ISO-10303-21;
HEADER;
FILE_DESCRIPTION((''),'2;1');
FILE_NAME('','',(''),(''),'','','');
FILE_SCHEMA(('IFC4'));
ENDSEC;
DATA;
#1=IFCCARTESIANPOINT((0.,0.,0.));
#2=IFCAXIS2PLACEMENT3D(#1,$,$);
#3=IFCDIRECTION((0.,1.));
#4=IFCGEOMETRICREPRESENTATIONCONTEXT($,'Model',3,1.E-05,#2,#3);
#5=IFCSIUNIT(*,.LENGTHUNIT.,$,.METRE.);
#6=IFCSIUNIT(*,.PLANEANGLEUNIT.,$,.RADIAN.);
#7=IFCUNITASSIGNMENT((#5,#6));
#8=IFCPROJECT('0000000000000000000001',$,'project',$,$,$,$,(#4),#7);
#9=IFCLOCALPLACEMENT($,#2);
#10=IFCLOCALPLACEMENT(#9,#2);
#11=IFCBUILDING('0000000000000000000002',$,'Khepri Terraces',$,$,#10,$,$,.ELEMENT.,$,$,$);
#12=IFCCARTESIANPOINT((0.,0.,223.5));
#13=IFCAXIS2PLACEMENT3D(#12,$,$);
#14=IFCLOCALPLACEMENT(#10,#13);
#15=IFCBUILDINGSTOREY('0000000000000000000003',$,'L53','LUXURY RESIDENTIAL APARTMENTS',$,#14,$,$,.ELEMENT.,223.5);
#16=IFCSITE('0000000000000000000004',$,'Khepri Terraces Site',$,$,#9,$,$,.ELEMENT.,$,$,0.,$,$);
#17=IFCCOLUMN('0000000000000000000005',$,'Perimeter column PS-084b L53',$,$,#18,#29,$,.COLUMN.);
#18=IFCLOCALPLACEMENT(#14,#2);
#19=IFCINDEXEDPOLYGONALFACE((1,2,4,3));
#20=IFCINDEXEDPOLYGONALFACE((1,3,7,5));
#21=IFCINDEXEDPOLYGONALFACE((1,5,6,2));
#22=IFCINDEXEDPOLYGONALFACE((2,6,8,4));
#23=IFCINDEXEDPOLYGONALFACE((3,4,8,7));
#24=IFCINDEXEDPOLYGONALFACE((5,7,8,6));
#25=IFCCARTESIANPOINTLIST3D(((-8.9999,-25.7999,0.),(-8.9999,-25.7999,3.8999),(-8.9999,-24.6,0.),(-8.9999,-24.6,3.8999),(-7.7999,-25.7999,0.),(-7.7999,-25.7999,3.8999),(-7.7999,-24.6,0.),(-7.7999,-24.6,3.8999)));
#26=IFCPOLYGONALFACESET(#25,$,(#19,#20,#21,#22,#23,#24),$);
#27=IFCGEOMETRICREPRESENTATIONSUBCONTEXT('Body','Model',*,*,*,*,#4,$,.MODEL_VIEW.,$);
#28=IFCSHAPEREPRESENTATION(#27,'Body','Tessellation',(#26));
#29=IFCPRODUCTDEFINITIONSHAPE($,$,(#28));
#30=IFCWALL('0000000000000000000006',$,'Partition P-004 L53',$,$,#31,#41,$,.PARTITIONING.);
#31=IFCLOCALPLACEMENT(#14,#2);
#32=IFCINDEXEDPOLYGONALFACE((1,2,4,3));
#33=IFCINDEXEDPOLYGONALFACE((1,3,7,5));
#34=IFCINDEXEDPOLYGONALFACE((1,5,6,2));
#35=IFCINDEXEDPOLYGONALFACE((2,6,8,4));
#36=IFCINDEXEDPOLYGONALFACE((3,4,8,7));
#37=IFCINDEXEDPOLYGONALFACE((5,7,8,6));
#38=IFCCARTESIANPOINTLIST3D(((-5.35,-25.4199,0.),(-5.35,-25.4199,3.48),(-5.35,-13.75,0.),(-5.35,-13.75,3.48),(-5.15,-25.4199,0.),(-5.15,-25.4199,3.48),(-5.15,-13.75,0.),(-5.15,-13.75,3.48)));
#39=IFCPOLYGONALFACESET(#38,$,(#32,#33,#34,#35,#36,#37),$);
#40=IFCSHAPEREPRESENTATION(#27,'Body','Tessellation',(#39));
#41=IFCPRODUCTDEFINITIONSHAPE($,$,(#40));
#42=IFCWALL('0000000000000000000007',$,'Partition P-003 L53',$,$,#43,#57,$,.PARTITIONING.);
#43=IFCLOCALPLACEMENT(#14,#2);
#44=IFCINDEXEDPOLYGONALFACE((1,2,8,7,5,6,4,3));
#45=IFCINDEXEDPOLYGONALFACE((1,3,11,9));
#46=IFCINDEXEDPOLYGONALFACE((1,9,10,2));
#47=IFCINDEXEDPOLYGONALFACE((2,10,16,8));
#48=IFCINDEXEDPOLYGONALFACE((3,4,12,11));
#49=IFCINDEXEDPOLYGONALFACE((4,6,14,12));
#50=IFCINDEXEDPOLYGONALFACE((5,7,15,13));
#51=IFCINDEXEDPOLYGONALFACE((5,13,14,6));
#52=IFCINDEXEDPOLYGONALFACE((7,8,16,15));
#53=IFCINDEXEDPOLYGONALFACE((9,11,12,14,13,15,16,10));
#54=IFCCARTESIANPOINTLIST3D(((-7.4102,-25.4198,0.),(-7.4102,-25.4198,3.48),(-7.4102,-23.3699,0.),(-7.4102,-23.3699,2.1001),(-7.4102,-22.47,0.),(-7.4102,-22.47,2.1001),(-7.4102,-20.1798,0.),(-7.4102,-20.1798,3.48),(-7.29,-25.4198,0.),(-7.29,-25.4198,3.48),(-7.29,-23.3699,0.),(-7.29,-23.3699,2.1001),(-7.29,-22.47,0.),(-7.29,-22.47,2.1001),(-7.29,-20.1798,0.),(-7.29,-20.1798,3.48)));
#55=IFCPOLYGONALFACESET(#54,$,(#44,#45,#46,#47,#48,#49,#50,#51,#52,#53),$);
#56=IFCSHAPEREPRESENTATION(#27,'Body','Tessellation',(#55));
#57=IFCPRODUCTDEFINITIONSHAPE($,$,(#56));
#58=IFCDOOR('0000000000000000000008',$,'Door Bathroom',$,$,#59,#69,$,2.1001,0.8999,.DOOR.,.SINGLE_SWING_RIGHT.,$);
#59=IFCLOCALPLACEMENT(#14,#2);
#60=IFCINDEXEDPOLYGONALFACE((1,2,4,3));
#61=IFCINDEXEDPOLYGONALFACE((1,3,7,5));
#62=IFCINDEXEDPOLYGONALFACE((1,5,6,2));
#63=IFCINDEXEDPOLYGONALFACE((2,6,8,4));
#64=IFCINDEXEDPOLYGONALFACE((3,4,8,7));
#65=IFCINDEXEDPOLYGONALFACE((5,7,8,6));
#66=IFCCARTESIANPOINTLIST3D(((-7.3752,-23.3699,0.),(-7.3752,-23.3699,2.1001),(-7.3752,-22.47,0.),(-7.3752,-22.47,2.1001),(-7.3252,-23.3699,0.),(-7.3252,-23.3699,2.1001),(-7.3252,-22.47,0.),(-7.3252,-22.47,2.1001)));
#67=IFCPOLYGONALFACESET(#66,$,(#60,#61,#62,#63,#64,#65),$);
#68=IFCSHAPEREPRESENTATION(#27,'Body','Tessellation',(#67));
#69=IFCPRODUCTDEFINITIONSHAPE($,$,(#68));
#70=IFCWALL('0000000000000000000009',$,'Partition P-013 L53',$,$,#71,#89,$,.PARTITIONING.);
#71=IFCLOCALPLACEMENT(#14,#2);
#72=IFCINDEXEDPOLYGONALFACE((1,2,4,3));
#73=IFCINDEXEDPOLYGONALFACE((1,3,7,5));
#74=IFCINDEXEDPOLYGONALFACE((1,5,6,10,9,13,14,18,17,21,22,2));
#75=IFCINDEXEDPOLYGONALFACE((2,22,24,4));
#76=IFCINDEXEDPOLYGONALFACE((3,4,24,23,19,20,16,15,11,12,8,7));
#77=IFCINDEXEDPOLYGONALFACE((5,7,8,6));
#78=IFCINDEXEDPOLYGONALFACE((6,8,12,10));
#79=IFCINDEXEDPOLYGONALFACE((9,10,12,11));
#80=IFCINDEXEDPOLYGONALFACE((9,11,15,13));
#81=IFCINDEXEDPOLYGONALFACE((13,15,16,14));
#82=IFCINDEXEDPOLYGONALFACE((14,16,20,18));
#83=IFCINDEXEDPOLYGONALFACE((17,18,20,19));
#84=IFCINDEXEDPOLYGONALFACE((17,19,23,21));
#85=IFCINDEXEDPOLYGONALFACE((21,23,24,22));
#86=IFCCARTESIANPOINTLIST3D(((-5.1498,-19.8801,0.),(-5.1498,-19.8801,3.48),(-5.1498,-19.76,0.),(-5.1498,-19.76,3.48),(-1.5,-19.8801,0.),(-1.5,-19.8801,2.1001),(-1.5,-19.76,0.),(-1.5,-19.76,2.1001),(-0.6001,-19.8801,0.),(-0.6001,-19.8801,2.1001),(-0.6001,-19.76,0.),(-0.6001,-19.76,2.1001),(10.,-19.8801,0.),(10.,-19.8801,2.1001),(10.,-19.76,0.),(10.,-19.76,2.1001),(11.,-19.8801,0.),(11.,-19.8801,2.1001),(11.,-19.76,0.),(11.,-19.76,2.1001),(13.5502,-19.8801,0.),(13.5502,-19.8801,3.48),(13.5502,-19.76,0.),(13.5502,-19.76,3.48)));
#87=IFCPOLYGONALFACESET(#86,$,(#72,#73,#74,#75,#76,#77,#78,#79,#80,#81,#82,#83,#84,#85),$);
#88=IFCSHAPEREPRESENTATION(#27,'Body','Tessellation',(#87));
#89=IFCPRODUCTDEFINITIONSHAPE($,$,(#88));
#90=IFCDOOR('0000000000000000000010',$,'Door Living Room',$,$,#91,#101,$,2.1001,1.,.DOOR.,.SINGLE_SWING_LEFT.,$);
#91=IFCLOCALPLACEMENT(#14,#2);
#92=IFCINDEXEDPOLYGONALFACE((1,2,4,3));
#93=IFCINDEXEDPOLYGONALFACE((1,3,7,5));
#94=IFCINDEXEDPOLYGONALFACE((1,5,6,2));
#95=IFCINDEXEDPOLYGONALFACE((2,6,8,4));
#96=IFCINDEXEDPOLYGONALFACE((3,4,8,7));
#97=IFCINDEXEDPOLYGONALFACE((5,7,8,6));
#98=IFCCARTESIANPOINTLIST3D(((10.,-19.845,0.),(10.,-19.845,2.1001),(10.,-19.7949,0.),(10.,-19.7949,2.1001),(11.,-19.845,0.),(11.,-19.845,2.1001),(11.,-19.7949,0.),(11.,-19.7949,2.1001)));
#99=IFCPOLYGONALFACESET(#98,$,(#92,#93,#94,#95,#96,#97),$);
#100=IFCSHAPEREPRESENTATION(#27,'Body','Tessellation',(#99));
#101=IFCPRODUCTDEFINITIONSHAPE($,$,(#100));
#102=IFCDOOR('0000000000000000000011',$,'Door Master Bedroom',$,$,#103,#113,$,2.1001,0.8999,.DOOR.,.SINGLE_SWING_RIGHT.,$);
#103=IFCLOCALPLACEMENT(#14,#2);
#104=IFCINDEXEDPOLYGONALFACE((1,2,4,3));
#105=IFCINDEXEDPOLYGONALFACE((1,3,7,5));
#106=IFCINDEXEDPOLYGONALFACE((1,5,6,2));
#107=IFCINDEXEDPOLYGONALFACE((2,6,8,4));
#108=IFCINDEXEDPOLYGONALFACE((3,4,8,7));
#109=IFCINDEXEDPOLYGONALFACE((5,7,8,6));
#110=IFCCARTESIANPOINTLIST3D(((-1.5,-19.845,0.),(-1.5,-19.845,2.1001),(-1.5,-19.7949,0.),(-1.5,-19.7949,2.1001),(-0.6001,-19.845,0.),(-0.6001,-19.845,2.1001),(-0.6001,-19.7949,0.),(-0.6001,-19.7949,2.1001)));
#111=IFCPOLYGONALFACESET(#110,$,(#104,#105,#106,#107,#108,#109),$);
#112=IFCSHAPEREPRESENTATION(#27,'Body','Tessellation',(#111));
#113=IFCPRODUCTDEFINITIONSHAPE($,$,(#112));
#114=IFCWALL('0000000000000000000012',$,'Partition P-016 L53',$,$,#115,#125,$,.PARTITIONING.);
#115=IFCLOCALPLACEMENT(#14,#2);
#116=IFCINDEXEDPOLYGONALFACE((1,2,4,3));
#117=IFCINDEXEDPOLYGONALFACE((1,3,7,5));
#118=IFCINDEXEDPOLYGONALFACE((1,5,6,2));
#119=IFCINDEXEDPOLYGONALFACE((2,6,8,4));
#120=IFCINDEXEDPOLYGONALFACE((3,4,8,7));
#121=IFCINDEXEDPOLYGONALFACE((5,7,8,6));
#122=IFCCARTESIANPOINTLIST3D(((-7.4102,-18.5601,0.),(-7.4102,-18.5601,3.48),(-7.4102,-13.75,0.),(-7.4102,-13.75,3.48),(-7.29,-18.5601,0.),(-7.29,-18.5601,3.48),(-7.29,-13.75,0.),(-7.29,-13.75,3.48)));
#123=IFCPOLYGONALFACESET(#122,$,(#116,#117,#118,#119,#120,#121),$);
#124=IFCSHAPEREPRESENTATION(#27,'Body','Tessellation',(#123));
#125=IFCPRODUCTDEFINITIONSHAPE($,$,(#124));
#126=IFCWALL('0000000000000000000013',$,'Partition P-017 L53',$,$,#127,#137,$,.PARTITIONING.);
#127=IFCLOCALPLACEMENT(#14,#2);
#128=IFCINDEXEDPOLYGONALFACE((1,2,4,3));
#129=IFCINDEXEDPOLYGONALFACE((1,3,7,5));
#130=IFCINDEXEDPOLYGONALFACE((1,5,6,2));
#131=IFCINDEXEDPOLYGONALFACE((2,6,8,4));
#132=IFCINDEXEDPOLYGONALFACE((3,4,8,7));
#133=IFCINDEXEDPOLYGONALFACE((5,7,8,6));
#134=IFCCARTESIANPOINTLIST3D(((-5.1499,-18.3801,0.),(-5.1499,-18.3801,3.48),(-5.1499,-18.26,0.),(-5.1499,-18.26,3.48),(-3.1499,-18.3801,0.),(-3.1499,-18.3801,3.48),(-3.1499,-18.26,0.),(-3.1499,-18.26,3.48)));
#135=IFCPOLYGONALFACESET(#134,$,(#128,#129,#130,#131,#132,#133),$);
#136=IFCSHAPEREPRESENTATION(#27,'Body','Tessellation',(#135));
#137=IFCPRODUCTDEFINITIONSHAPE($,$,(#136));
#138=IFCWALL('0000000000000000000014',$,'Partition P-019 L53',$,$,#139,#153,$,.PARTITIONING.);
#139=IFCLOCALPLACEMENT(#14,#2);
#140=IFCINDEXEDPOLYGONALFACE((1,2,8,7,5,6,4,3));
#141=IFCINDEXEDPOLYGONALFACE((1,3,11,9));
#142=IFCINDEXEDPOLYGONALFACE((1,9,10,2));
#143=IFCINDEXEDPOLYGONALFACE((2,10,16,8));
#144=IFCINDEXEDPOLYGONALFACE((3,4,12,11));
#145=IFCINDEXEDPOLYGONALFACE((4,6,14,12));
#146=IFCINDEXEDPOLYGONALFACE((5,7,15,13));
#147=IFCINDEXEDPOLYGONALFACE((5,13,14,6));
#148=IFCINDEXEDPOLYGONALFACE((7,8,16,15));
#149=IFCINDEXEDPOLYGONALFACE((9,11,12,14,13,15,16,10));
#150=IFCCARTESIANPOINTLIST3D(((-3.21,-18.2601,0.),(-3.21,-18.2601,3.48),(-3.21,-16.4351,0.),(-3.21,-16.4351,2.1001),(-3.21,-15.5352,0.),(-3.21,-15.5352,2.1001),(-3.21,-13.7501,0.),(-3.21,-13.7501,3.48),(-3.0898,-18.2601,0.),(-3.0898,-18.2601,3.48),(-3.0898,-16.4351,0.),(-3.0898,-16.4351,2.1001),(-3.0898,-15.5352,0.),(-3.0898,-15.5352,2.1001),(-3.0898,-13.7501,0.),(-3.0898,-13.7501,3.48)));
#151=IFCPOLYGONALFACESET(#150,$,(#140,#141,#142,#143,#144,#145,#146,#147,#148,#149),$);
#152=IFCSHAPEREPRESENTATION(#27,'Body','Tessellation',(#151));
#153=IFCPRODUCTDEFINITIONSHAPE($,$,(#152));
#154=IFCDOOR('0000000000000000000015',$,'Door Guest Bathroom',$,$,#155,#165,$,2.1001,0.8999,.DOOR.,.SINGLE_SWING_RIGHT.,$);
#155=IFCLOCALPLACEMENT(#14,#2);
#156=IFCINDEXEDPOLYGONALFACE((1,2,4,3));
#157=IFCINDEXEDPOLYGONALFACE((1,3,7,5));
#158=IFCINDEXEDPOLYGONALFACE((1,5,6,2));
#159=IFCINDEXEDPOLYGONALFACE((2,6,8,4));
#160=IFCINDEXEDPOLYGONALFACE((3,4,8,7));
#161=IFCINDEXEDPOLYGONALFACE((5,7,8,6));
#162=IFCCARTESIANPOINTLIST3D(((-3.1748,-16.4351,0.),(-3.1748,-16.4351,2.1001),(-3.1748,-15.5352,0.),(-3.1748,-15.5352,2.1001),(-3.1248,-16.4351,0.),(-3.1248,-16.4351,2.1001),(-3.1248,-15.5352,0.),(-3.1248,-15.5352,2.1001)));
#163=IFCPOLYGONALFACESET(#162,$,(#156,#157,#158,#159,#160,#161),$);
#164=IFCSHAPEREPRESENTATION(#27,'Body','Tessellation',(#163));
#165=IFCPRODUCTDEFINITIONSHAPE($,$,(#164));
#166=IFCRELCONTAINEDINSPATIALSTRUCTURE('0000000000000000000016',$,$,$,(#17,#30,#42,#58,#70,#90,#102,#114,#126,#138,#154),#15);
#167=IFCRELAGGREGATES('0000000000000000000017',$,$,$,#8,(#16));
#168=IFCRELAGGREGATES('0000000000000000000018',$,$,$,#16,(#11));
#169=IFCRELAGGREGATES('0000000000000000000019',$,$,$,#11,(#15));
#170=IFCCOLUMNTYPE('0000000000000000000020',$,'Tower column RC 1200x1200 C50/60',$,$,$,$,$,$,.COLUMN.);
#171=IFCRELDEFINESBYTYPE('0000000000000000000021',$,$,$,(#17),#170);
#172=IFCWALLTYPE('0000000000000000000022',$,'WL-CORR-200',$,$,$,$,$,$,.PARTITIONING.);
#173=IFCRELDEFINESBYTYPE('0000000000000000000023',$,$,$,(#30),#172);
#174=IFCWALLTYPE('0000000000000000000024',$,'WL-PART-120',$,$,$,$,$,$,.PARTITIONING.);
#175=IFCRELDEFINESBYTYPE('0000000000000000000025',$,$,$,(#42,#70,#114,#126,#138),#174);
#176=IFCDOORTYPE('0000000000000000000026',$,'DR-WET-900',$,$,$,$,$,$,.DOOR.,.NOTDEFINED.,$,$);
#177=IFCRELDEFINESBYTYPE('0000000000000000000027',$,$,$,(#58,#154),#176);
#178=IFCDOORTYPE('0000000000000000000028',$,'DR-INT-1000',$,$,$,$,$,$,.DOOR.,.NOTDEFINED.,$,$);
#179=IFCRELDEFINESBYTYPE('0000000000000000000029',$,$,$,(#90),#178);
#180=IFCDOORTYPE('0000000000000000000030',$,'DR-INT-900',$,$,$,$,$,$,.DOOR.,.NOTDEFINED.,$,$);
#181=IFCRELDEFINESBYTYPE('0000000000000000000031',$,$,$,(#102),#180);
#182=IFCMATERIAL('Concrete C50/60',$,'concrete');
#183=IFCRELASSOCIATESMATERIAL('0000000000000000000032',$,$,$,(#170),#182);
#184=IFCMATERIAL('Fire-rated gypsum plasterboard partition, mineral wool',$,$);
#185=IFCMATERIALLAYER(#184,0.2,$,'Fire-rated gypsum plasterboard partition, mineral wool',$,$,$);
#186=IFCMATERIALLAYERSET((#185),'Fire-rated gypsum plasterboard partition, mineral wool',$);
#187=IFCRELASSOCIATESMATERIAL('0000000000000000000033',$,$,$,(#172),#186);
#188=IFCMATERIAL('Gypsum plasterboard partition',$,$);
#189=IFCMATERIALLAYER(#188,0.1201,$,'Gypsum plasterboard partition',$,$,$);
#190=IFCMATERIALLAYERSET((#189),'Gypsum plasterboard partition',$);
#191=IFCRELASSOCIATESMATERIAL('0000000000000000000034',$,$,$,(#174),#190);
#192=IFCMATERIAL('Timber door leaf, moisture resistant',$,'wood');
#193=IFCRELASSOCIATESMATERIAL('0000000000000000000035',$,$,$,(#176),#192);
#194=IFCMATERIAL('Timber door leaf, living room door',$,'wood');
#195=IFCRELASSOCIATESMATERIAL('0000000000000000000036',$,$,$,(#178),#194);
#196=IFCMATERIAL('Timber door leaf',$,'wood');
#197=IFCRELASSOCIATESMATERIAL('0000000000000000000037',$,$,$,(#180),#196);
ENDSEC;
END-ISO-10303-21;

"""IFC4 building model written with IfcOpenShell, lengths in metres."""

from ifc_helpers import new_model, si_unit, direction, frame, frame_2d, origin, origin_2d, place, context, subcontext, project, spatial, rectangle, extrude, material, layer, layer_set, material_profile, profile_set, type_object, element, fill, save


model = new_model("IFC4")

# Units and contexts
model_context = context("Model", 3, precision=1e-05, world=origin(), true_north=direction((0.0, 1.0)))
body_context = subcontext(model_context, "Body", "Model", "MODEL_VIEW")
ifc_project = project(units=[si_unit("LENGTHUNIT", "METRE"), si_unit("PLANEANGLEUNIT", "RADIAN")], contexts=[model_context])

# Site, building, storey
site_placement = place(None, origin())
site = spatial("IfcSite", under=ifc_project, at=site_placement, Name="Khepri Terraces Site", CompositionType="ELEMENT", RefElevation=0.0)
building_placement = place(site_placement, origin())
building = spatial("IfcBuilding", under=site, at=building_placement, Name="Khepri Terraces", CompositionType="ELEMENT")
storey_placement = place(building_placement, frame((0.0, 0.0, 223.5)))
storey = spatial("IfcBuildingStorey", under=building, at=storey_placement, Name="L53", Description="LUXURY RESIDENTIAL APARTMENTS", CompositionType="ELEMENT", Elevation=223.5)

# Column
ifc_material_1 = material(Name="Concrete C50/60", Category="concrete")
ifc_material_profile = material_profile(ifc_material_1, rectangle(XDim=1.2, YDim=1.2, at=origin_2d()), Name="Concrete C50/60", Category="concrete")
ifc_profile_set = profile_set([ifc_material_profile], Name="Concrete C50/60")
column_type = type_object("IfcColumnType", Name="Tower column RC 1200x1200 C50/60", PredefinedType="COLUMN", material=ifc_profile_set)
column_placement = place(storey_placement, frame((-8.3999, -25.2, 0.0), z_axis=(0.0, 0.0, 1.0), x_axis=(1.0, 0.0, 0.0)))
element("IfcColumn", 1, at=column_placement, inside=storey, type_object=column_type, Name="Perimeter column PS-084b L53", PredefinedType="COLUMN", context=body_context, shape_type="SweptSolid", body=[
    extrude(rectangle(XDim=1.2, YDim=1.2, at=origin_2d()), origin(), (0.0, 0.0, 1.0), 3.8999),
])

# Wall
ifc_material_2 = material(Name="Fire-rated gypsum plasterboard partition, mineral wool")
ifc_layer_1 = layer(ifc_material_2, 0.2, Name="Fire-rated gypsum plasterboard partition, mineral wool")
ifc_layer_set_1 = layer_set([ifc_layer_1], Name="Fire-rated gypsum plasterboard partition, mineral wool")
wall_type_1 = type_object("IfcWallType", Name="WL-CORR-200", PredefinedType="PARTITIONING", material=ifc_layer_set_1)
wall_1_placement = place(storey_placement, frame((-5.25, -25.4199, 0.0), z_axis=(0.0, 0.0, 1.0), x_axis=(0.0, 1.0, 0.0)))
element("IfcWall", 2, at=wall_1_placement, inside=storey, type_object=wall_type_1, Name="Partition P-004 L53", PredefinedType="PARTITIONING", context=body_context, shape_type="SweptSolid", body=[
    extrude(rectangle(XDim=11.6699, YDim=0.2, at=frame_2d((5.835, 0.0))), origin(), (0.0, 0.0, 1.0), 3.48),
])

# Wall, opening, door
ifc_material_3 = material(Name="Gypsum plasterboard partition")
ifc_layer_2 = layer(ifc_material_3, 0.1201, Name="Gypsum plasterboard partition")
ifc_layer_set_2 = layer_set([ifc_layer_2], Name="Gypsum plasterboard partition")
wall_type_2 = type_object("IfcWallType", Name="WL-PART-120", PredefinedType="PARTITIONING", material=ifc_layer_set_2)
wall_2_placement = place(storey_placement, frame((-7.3501, -25.4199, 0.0), z_axis=(0.0, 0.0, 1.0), x_axis=(0.0, 1.0, 0.0)))
wall_2 = element("IfcWall", 3, at=wall_2_placement, inside=storey, type_object=wall_type_2, Name="Partition P-003 L53", PredefinedType="PARTITIONING", context=body_context, shape_type="SweptSolid", body=[
    extrude(rectangle(XDim=5.24, YDim=0.1201, at=frame_2d((2.6201, 0.0))), origin(), (0.0, 0.0, 1.0), 3.48),
])
opening_1_placement = place(wall_2_placement, frame((2.05, 0.0, 0.0)))
opening_1 = element("IfcOpeningElement", 4, at=opening_1_placement, cuts=wall_2, PredefinedType="OPENING", context=body_context, shape_type="SweptSolid", body=[
    extrude(rectangle(XDim=0.8999, YDim=2.1001, at=frame_2d((0.45, 1.05))), frame((0.0, 0.0701, 0.0), z_axis=(0.0, -1.0, 0.0), x_axis=(1.0, 0.0, 0.0)), (0.0, 0.0, 1.0), 0.1401),
])
ifc_material_4 = material(Name="Timber door leaf, moisture resistant", Category="wood")
door_type_1 = type_object("IfcDoorType", Name="DR-WET-900", OperationType="NOTDEFINED", PredefinedType="DOOR", material=ifc_material_4)
door_1_placement = place(opening_1_placement, frame((0.8999, 0.0, 0.0), z_axis=(0.0, 0.0, 1.0), x_axis=(-1.0, 0.0, 0.0)))
door_1 = element("IfcDoor", 5, at=door_1_placement, inside=storey, type_object=door_type_1, Name="Door Bathroom", OperationType="SINGLE_SWING_RIGHT", OverallHeight=2.1001, OverallWidth=0.8999, PredefinedType="DOOR", context=body_context, shape_type="SweptSolid", body=[
    extrude(rectangle(XDim=0.8999, YDim=2.1001, at=frame_2d((0.45, 1.05))), frame((0.0, 0.0249, 0.0), z_axis=(0.0, -1.0, 0.0), x_axis=(1.0, 0.0, 0.0)), (0.0, 0.0, 1.0), 0.05),
])
fill(opening_1, door_1)

# Wall, openings, doors
wall_3_placement = place(storey_placement, frame((-5.1499, -19.8201, 0.0), z_axis=(0.0, 0.0, 1.0), x_axis=(1.0, 0.0, 0.0)))
wall_3 = element("IfcWall", 6, at=wall_3_placement, inside=storey, type_object=wall_type_2, Name="Partition P-013 L53", PredefinedType="PARTITIONING", context=body_context, shape_type="SweptSolid", body=[
    extrude(rectangle(XDim=18.7, YDim=0.1201, at=frame_2d((9.3501, 0.0))), origin(), (0.0, 0.0, 1.0), 3.48),
])
opening_2_placement = place(wall_3_placement, frame((3.6499, 0.0, 0.0)))
opening_2 = element("IfcOpeningElement", 7, at=opening_2_placement, cuts=wall_3, PredefinedType="OPENING", context=body_context, shape_type="SweptSolid", body=[
    extrude(rectangle(XDim=0.8999, YDim=2.1001, at=frame_2d((0.45, 1.05))), frame((0.0, 0.0701, 0.0), z_axis=(0.0, -1.0, 0.0), x_axis=(1.0, 0.0, 0.0)), (0.0, 0.0, 1.0), 0.1401),
])
opening_3_placement = place(wall_3_placement, frame((15.1499, 0.0, 0.0)))
opening_3 = element("IfcOpeningElement", 8, at=opening_3_placement, cuts=wall_3, PredefinedType="OPENING", context=body_context, shape_type="SweptSolid", body=[
    extrude(rectangle(XDim=1.0, YDim=2.1001, at=frame_2d((0.5, 1.05))), frame((0.0, 0.0701, 0.0), z_axis=(0.0, -1.0, 0.0), x_axis=(1.0, 0.0, 0.0)), (0.0, 0.0, 1.0), 0.1401),
])
ifc_material_5 = material(Name="Timber door leaf, living room door", Category="wood")
door_type_2 = type_object("IfcDoorType", Name="DR-INT-1000", OperationType="NOTDEFINED", PredefinedType="DOOR", material=ifc_material_5)
door_2_placement = place(opening_3_placement, frame((1.0, 0.0, 0.0), z_axis=(0.0, 0.0, 1.0), x_axis=(-1.0, 0.0, 0.0)))
door_2 = element("IfcDoor", 9, at=door_2_placement, inside=storey, type_object=door_type_2, Name="Door Living Room", OperationType="SINGLE_SWING_LEFT", OverallHeight=2.1001, OverallWidth=1.0, PredefinedType="DOOR", context=body_context, shape_type="SweptSolid", body=[
    extrude(rectangle(XDim=1.0, YDim=2.1001, at=frame_2d((0.5, 1.05))), frame((0.0, 0.0249, 0.0), z_axis=(0.0, -1.0, 0.0), x_axis=(1.0, 0.0, 0.0)), (0.0, 0.0, 1.0), 0.05),
])
fill(opening_3, door_2)
ifc_material_6 = material(Name="Timber door leaf", Category="wood")
door_type_3 = type_object("IfcDoorType", Name="DR-INT-900", OperationType="NOTDEFINED", PredefinedType="DOOR", material=ifc_material_6)
door_3_placement = place(opening_2_placement, frame((0.8999, 0.0, 0.0), z_axis=(0.0, 0.0, 1.0), x_axis=(-1.0, 0.0, 0.0)))
door_3 = element("IfcDoor", 10, at=door_3_placement, inside=storey, type_object=door_type_3, Name="Door Master Bedroom", OperationType="SINGLE_SWING_RIGHT", OverallHeight=2.1001, OverallWidth=0.8999, PredefinedType="DOOR", context=body_context, shape_type="SweptSolid", body=[
    extrude(rectangle(XDim=0.8999, YDim=2.1001, at=frame_2d((0.45, 1.05))), frame((0.0, 0.0249, 0.0), z_axis=(0.0, -1.0, 0.0), x_axis=(1.0, 0.0, 0.0)), (0.0, 0.0, 1.0), 0.05),
])
fill(opening_2, door_3)

# Walls
wall_4_placement = place(storey_placement, frame((-7.3501, -18.5601, 0.0), z_axis=(0.0, 0.0, 1.0), x_axis=(0.0, 1.0, 0.0)))
element("IfcWall", 11, at=wall_4_placement, inside=storey, type_object=wall_type_2, Name="Partition P-016 L53", PredefinedType="PARTITIONING", context=body_context, shape_type="SweptSolid", body=[
    extrude(rectangle(XDim=4.8101, YDim=0.1201, at=frame_2d((2.405, 0.0))), origin(), (0.0, 0.0, 1.0), 3.48),
])
wall_5_placement = place(storey_placement, frame((-5.1499, -18.3201, 0.0), z_axis=(0.0, 0.0, 1.0), x_axis=(1.0, 0.0, 0.0)))
element("IfcWall", 12, at=wall_5_placement, inside=storey, type_object=wall_type_2, Name="Partition P-017 L53", PredefinedType="PARTITIONING", context=body_context, shape_type="SweptSolid", body=[
    extrude(rectangle(XDim=2.0, YDim=0.1201, at=frame_2d((1.0, 0.0))), origin(), (0.0, 0.0, 1.0), 3.48),
])

# Wall, opening, door
wall_6_placement = place(storey_placement, frame((-3.1499, -18.26, 0.0), z_axis=(0.0, 0.0, 1.0), x_axis=(0.0, 1.0, 0.0)))
wall_6 = element("IfcWall", 13, at=wall_6_placement, inside=storey, type_object=wall_type_2, Name="Partition P-019 L53", PredefinedType="PARTITIONING", context=body_context, shape_type="SweptSolid", body=[
    extrude(rectangle(XDim=4.51, YDim=0.1201, at=frame_2d((2.2549, 0.0))), origin(), (0.0, 0.0, 1.0), 3.48),
])
opening_4_placement = place(wall_6_placement, frame((1.825, 0.0, 0.0)))
opening_4 = element("IfcOpeningElement", 14, at=opening_4_placement, cuts=wall_6, PredefinedType="OPENING", context=body_context, shape_type="SweptSolid", body=[
    extrude(rectangle(XDim=0.8999, YDim=2.1001, at=frame_2d((0.45, 1.05))), frame((0.0, 0.0701, 0.0), z_axis=(0.0, -1.0, 0.0), x_axis=(1.0, 0.0, 0.0)), (0.0, 0.0, 1.0), 0.1401),
])
door_4_placement = place(opening_4_placement, origin())
door_4 = element("IfcDoor", 15, at=door_4_placement, inside=storey, type_object=door_type_1, Name="Door Guest Bathroom", OperationType="SINGLE_SWING_RIGHT", OverallHeight=2.1001, OverallWidth=0.8999, PredefinedType="DOOR", context=body_context, shape_type="SweptSolid", body=[
    extrude(rectangle(XDim=0.8999, YDim=2.1001, at=frame_2d((0.45, 1.05))), frame((0.0, 0.0249, 0.0), z_axis=(0.0, -1.0, 0.0), x_axis=(1.0, 0.0, 0.0)), (0.0, 0.0, 1.0), 0.05),
])
fill(opening_4, door_4)

save(model, "model.ifc")
